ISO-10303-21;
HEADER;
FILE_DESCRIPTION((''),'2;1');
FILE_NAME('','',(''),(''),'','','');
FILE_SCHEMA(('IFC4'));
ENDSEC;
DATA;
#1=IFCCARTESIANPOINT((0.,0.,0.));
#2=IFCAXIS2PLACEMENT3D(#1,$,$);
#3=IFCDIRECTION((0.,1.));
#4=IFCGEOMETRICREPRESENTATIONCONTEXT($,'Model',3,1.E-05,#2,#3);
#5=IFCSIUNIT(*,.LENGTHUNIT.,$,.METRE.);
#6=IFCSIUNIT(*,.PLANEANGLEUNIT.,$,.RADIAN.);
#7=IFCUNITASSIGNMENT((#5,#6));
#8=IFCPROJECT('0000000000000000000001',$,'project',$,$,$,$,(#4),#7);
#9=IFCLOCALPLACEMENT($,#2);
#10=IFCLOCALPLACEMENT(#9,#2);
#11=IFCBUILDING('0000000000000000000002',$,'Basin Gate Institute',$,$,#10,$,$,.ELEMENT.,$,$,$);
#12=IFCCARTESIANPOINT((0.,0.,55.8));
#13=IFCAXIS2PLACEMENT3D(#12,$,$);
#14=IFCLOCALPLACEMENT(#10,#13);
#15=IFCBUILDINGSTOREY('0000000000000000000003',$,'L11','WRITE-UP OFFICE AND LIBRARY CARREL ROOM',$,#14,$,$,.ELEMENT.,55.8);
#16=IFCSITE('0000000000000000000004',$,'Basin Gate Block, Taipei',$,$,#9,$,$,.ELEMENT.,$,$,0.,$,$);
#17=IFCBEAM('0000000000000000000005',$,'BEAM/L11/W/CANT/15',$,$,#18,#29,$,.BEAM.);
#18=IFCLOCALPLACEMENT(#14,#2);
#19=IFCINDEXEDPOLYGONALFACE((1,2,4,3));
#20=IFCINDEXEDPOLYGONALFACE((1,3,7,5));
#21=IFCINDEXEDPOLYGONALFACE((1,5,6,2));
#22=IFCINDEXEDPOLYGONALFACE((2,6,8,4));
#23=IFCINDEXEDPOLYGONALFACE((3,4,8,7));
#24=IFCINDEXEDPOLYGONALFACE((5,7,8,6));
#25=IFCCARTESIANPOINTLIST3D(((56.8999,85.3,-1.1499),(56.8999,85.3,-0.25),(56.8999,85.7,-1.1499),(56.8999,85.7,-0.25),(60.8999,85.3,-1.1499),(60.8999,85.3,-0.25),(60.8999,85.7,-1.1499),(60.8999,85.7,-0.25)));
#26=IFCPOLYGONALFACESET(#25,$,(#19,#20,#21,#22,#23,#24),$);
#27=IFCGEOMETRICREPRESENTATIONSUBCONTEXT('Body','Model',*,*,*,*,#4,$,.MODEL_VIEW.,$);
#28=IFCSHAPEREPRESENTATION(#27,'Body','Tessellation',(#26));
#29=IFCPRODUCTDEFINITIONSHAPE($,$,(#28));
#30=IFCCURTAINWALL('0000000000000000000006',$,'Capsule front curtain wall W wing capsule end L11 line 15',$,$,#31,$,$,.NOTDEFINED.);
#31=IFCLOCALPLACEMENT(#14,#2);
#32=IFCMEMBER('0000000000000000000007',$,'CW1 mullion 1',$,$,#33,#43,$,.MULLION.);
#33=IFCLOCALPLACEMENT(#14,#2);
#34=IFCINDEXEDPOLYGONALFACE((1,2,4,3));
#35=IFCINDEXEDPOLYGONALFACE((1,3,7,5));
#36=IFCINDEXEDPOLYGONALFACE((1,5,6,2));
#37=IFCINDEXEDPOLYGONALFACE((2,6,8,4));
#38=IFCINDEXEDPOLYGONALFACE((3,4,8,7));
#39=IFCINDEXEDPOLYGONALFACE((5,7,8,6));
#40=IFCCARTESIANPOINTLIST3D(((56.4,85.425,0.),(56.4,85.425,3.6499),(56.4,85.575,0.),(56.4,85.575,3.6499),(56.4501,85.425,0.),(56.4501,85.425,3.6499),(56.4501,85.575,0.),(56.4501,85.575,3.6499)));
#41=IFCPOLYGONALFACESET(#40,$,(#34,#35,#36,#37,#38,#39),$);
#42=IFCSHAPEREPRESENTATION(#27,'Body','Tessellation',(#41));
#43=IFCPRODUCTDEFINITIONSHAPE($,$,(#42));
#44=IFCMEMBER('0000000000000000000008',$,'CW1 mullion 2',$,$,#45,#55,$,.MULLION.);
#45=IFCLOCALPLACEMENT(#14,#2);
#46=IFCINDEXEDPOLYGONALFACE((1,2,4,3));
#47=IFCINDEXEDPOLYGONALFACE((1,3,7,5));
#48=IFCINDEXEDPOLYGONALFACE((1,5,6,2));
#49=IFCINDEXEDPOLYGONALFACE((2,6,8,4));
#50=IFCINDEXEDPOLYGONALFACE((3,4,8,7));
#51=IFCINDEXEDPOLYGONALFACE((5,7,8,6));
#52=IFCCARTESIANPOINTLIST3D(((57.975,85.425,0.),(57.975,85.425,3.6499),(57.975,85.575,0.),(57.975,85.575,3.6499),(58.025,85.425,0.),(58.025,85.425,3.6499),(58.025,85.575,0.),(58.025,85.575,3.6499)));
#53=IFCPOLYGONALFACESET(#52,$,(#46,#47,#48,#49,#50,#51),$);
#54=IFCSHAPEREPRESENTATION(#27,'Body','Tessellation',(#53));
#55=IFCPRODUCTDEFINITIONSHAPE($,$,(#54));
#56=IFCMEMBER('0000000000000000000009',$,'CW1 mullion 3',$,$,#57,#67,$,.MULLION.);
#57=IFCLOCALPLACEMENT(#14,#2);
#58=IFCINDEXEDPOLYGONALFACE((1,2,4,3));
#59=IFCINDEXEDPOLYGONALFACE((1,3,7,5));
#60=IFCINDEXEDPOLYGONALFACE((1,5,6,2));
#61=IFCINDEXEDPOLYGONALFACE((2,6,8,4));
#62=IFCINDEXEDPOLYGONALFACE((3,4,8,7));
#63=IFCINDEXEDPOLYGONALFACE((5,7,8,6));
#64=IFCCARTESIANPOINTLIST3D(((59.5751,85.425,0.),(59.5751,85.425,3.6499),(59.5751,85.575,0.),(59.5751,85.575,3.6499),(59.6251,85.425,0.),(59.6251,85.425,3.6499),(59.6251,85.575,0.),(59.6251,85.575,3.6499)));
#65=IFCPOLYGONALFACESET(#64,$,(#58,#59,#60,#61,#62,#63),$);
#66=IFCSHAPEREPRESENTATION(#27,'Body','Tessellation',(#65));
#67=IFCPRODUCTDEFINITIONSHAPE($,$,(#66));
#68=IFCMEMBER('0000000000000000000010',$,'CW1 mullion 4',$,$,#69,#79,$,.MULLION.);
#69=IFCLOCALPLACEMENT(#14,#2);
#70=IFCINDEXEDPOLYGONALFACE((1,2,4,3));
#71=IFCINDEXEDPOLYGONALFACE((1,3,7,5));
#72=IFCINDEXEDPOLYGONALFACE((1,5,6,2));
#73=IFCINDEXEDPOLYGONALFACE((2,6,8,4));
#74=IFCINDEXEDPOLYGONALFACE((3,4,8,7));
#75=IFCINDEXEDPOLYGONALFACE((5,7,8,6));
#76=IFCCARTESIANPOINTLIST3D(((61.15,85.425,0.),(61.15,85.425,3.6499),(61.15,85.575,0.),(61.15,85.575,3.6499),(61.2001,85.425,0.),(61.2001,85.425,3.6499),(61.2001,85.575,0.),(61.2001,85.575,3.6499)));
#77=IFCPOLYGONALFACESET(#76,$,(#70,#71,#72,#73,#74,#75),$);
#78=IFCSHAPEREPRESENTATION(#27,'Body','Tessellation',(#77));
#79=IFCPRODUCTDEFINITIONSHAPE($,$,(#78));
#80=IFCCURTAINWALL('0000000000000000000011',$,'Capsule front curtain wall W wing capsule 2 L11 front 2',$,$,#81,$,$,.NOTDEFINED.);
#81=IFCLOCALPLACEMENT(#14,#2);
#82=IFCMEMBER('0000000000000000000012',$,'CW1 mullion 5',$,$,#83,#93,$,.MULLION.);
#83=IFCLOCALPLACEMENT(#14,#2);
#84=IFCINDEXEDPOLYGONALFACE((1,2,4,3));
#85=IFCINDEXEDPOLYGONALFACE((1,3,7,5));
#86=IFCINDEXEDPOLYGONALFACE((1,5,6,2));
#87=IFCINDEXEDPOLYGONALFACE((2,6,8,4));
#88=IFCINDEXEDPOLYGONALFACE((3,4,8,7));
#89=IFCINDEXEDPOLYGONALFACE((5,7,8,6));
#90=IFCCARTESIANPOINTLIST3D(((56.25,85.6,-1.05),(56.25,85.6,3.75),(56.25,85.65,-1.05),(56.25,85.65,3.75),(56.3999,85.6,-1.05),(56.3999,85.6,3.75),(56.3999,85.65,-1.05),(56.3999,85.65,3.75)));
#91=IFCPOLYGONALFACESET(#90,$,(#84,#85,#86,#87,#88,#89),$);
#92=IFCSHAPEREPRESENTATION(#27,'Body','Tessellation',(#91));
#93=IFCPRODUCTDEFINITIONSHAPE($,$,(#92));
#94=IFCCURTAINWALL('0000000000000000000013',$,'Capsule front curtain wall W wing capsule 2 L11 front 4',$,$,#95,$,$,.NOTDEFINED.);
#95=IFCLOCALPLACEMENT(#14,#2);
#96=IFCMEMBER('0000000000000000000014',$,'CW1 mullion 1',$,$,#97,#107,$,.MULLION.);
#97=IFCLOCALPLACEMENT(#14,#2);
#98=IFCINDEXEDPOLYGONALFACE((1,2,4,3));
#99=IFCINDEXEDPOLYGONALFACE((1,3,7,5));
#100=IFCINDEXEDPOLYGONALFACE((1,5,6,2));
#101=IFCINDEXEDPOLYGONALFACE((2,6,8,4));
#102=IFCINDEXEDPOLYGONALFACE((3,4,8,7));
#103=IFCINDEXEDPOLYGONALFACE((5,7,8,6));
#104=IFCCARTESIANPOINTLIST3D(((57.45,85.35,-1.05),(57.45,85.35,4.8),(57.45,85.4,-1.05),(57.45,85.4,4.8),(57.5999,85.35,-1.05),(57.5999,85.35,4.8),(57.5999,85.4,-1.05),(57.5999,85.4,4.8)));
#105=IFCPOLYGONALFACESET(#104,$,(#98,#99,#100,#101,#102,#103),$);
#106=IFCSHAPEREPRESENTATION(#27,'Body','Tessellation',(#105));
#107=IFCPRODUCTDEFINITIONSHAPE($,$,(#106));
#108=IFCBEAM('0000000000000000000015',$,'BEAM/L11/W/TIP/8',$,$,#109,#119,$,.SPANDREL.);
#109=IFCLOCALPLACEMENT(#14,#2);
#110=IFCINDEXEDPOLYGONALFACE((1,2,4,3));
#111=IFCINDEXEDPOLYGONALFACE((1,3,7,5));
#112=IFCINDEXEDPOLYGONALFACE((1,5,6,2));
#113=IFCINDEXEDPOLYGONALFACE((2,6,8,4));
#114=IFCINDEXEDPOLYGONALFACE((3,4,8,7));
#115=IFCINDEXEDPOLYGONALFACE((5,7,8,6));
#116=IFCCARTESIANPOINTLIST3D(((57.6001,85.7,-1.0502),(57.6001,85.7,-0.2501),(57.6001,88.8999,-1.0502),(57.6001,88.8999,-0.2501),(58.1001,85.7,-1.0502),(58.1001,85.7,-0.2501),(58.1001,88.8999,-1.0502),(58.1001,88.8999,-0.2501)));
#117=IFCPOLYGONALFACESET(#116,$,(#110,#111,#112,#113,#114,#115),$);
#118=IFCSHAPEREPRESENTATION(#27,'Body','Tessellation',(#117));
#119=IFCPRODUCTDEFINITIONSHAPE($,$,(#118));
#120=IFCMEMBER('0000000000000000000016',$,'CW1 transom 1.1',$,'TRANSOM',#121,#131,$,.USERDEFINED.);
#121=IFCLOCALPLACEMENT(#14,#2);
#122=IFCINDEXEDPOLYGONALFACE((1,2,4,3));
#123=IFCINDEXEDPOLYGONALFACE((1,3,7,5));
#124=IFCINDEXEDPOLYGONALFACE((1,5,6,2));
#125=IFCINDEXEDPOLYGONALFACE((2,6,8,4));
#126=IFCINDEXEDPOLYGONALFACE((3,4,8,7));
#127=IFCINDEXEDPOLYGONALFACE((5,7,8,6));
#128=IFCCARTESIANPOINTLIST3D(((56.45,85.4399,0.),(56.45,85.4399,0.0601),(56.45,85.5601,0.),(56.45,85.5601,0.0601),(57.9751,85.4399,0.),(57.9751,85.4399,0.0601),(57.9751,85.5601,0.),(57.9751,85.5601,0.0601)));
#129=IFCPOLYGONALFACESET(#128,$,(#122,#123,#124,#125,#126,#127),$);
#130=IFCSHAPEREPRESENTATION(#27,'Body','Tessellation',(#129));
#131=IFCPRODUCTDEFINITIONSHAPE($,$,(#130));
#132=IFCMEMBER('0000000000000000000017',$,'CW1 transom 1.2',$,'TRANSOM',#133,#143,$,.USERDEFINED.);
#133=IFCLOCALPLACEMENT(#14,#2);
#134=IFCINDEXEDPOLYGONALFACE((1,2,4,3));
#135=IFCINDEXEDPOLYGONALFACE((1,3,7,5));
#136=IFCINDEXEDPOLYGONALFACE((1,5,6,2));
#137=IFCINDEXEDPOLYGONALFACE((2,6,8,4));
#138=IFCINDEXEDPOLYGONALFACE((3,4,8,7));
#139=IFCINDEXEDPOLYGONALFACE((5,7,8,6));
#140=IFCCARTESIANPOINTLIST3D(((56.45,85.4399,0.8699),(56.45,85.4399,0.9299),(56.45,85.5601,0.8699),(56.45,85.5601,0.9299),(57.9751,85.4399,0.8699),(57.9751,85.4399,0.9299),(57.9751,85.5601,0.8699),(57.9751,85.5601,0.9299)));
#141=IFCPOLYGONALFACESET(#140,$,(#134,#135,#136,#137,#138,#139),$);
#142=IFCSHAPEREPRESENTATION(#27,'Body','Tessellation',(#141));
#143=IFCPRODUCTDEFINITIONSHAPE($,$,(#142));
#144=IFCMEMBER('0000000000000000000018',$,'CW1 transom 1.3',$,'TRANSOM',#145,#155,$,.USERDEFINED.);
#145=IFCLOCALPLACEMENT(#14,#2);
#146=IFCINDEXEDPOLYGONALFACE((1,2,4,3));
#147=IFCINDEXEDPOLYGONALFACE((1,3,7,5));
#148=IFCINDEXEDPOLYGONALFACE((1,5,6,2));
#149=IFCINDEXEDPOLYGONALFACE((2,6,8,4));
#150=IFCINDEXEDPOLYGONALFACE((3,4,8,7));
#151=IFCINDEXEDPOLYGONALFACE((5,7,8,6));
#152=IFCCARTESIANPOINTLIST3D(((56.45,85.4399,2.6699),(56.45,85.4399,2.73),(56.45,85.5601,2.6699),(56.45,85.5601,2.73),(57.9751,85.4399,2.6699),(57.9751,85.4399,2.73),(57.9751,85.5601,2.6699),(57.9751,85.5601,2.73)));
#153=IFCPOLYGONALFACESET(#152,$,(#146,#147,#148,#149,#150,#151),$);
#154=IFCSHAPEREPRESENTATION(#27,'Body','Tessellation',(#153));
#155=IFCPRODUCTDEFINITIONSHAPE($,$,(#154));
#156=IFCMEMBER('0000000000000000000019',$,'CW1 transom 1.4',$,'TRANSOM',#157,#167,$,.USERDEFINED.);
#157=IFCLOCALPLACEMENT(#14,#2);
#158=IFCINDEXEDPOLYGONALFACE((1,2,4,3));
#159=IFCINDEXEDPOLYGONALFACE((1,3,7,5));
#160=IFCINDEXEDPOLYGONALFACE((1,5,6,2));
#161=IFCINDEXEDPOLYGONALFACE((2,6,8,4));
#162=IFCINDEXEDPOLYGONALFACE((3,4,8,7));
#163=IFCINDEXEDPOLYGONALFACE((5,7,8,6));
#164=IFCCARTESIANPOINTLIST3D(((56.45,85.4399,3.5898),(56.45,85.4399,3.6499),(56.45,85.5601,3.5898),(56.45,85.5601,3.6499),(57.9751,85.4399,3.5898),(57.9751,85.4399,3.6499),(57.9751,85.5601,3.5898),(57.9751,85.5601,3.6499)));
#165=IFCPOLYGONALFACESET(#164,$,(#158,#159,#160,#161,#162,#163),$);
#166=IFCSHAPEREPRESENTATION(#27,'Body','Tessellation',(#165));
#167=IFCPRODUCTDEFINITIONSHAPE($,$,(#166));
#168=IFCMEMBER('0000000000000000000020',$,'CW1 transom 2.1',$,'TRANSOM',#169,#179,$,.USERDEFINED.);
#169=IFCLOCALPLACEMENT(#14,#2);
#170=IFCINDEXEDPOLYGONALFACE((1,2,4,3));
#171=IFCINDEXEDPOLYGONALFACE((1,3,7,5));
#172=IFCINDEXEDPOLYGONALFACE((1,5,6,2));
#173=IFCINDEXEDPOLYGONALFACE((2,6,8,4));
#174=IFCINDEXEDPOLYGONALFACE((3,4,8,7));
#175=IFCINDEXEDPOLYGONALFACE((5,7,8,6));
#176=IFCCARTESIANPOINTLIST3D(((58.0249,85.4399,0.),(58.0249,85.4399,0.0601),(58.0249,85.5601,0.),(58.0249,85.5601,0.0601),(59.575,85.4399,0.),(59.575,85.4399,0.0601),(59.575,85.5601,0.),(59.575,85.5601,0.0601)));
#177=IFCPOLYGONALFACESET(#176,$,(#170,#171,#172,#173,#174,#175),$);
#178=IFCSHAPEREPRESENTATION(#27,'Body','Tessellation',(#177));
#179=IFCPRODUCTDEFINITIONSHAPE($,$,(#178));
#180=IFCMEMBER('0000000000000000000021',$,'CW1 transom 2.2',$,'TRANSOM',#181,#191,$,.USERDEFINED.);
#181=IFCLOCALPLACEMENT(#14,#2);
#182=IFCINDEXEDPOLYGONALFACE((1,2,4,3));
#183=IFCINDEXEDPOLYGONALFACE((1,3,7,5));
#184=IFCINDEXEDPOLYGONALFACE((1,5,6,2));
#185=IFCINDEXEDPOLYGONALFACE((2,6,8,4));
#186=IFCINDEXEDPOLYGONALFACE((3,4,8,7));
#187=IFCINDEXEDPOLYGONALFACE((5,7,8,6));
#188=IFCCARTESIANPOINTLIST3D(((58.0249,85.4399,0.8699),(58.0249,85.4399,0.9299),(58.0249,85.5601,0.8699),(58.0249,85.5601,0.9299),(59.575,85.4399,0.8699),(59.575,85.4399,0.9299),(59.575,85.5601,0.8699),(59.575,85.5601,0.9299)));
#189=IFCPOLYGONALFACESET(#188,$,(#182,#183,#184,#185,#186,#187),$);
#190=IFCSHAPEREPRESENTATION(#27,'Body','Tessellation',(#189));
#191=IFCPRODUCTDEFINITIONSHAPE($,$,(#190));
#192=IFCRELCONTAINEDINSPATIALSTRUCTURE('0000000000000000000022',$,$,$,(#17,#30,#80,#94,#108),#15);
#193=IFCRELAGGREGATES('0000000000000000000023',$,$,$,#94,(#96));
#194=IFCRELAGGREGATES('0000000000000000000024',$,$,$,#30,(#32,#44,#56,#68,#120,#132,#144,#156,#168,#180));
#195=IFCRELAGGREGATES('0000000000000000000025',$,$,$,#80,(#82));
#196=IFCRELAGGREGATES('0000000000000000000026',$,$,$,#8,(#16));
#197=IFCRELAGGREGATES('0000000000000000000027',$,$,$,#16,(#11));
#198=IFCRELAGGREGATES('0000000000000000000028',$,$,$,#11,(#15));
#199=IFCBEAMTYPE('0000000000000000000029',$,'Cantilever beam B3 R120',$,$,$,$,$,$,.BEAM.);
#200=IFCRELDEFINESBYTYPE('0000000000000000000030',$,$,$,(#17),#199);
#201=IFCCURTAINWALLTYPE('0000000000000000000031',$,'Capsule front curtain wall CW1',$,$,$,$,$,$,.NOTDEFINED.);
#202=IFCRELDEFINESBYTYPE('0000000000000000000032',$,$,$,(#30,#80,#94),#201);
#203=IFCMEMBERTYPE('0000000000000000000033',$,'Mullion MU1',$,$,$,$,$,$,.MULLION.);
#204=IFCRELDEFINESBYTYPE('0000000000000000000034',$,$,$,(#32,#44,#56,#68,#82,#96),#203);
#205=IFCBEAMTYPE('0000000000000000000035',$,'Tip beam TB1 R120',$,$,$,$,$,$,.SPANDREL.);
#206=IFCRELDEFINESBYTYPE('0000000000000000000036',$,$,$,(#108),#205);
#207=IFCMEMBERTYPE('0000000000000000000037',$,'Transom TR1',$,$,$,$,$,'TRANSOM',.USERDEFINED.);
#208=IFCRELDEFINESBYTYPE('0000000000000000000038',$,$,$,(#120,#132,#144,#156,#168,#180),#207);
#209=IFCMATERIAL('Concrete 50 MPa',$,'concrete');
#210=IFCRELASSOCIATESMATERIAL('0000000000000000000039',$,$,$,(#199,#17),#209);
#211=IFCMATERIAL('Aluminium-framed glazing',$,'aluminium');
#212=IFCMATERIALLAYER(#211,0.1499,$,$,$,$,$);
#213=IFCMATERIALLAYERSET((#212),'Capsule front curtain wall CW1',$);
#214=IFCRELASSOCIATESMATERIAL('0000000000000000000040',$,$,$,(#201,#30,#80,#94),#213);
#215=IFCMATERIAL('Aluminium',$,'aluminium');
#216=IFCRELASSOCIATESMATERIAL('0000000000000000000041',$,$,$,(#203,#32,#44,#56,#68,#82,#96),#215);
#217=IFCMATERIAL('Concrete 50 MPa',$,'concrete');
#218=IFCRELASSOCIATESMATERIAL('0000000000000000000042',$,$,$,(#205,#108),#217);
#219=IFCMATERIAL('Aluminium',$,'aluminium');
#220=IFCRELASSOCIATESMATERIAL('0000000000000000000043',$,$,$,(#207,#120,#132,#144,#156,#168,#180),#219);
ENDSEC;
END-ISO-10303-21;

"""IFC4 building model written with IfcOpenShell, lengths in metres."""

from ifc_helpers import new_model, si_unit, direction, frame, origin, origin_2d, place, context, subcontext, project, spatial, rectangle, extrude, material, layer, layer_set, material_profile, profile_set, type_object, element, aggregate, save


model = new_model("IFC4")

# Units and contexts
model_context = context("Model", 3, precision=1e-05, world=origin(), true_north=direction((0.0, 1.0)))
body_context = subcontext(model_context, "Body", "Model", "MODEL_VIEW")
ifc_project = project(units=[si_unit("LENGTHUNIT", "METRE"), si_unit("PLANEANGLEUNIT", "RADIAN")], contexts=[model_context])

# Site, building, storey
site_placement = place(None, origin())
site = spatial("IfcSite", under=ifc_project, at=site_placement, Name="Basin Gate Block, Taipei", CompositionType="ELEMENT", RefElevation=0.0)
building_placement = place(site_placement, origin())
building = spatial("IfcBuilding", under=site, at=building_placement, Name="Basin Gate Institute", CompositionType="ELEMENT")
storey_placement = place(building_placement, frame((0.0, 0.0, 55.8)))
storey = spatial("IfcBuildingStorey", under=building, at=storey_placement, Name="L11", Description="WRITE-UP OFFICE AND LIBRARY CARREL ROOM", CompositionType="ELEMENT", Elevation=55.8)

# Beam
ifc_material_1 = material(Name="Concrete 50 MPa", Category="concrete")
ifc_material_profile_1 = material_profile(ifc_material_1, rectangle(XDim=0.3999, YDim=0.8999, at=origin_2d()), Name="Cantilever beam B3 400 x 900")
ifc_profile_set_1 = profile_set([ifc_material_profile_1], Name="Concrete 50 MPa")
beam_type_1 = type_object("IfcBeamType", Name="Cantilever beam B3 R120", PredefinedType="BEAM", material=ifc_profile_set_1)
beam_1_placement = place(storey_placement, frame((56.8999, 85.5, -0.7), z_axis=(1.0, 0.0, 0.0), x_axis=(0.0, 1.0, 0.0)))
element("IfcBeam", 1, at=beam_1_placement, inside=storey, type_object=beam_type_1, material=ifc_profile_set_1, Name="BEAM/L11/W/CANT/15", PredefinedType="BEAM", context=body_context, shape_type="SweptSolid", body=[
    extrude(rectangle(XDim=0.3999, YDim=0.8999, at=origin_2d()), origin(), (0.0, 0.0, 1.0), 4.0),
])

# Curtain wall, members
ifc_material_2 = material(Name="Aluminium-framed glazing", Category="aluminium")
ifc_layer_1 = layer(ifc_material_2, 0.1499)
ifc_layer_set_1 = layer_set([ifc_layer_1], Name="Capsule front curtain wall CW1")
curtain_wall_type = type_object("IfcCurtainWallType", Name="Capsule front curtain wall CW1", PredefinedType="NOTDEFINED", material=ifc_layer_set_1)
curtain_wall_1_placement = place(storey_placement, origin())
curtain_wall_1 = element("IfcCurtainWall", 2, at=curtain_wall_1_placement, inside=storey, type_object=curtain_wall_type, material=ifc_layer_set_1, Name="Capsule front curtain wall W wing capsule end L11 line 15", PredefinedType="NOTDEFINED")
ifc_material_3 = material(Name="Aluminium", Category="aluminium")
ifc_material_profile_2 = material_profile(ifc_material_3, rectangle(XDim=0.1499, YDim=0.05, at=origin_2d()), Name="Mullion MU1 150 x 50")
ifc_profile_set_2 = profile_set([ifc_material_profile_2], Name="Aluminium")
member_type_1 = type_object("IfcMemberType", Name="Mullion MU1", PredefinedType="MULLION", material=ifc_profile_set_2)
member_1_placement = place(storey_placement, frame((56.425, 85.5, 0.0), z_axis=(0.0, 0.0, 1.0), x_axis=(0.0, 1.0, 0.0)))
member_1 = element("IfcMember", 3, at=member_1_placement, type_object=member_type_1, material=ifc_profile_set_2, Name="CW1 mullion 1", PredefinedType="MULLION", context=body_context, shape_type="SweptSolid", body=[
    extrude(rectangle(XDim=0.1499, YDim=0.05, at=origin_2d()), origin(), (0.0, 0.0, 1.0), 3.6499),
])
member_2_placement = place(storey_placement, frame((58.0, 85.5, 0.0), z_axis=(0.0, 0.0, 1.0), x_axis=(0.0, 1.0, 0.0)))
member_2 = element("IfcMember", 4, at=member_2_placement, type_object=member_type_1, material=ifc_profile_set_2, Name="CW1 mullion 2", PredefinedType="MULLION", context=body_context, shape_type="SweptSolid", body=[
    extrude(rectangle(XDim=0.1499, YDim=0.05, at=origin_2d()), origin(), (0.0, 0.0, 1.0), 3.6499),
])
member_3_placement = place(storey_placement, frame((59.6001, 85.5, 0.0), z_axis=(0.0, 0.0, 1.0), x_axis=(0.0, 1.0, 0.0)))
member_3 = element("IfcMember", 5, at=member_3_placement, type_object=member_type_1, material=ifc_profile_set_2, Name="CW1 mullion 3", PredefinedType="MULLION", context=body_context, shape_type="SweptSolid", body=[
    extrude(rectangle(XDim=0.1499, YDim=0.05, at=origin_2d()), origin(), (0.0, 0.0, 1.0), 3.6499),
])
member_4_placement = place(storey_placement, frame((61.175, 85.5, 0.0), z_axis=(0.0, 0.0, 1.0), x_axis=(0.0, 1.0, 0.0)))
member_4 = element("IfcMember", 6, at=member_4_placement, type_object=member_type_1, material=ifc_profile_set_2, Name="CW1 mullion 4", PredefinedType="MULLION", context=body_context, shape_type="SweptSolid", body=[
    extrude(rectangle(XDim=0.1499, YDim=0.05, at=origin_2d()), origin(), (0.0, 0.0, 1.0), 3.6499),
])

# Curtain walls, members
curtain_wall_2_placement = place(storey_placement, origin())
curtain_wall_2 = element("IfcCurtainWall", 7, at=curtain_wall_2_placement, inside=storey, type_object=curtain_wall_type, material=ifc_layer_set_1, Name="Capsule front curtain wall W wing capsule 2 L11 front 2", PredefinedType="NOTDEFINED")
member_5_placement = place(storey_placement, frame((56.325, 85.625, -1.05), z_axis=(0.0, 0.0, 1.0), x_axis=(-1.0, 0.0, 0.0)))
member_5 = element("IfcMember", 8, at=member_5_placement, type_object=member_type_1, material=ifc_profile_set_2, Name="CW1 mullion 5", PredefinedType="MULLION", context=body_context, shape_type="SweptSolid", body=[
    extrude(rectangle(XDim=0.1499, YDim=0.05, at=origin_2d()), origin(), (0.0, 0.0, 1.0), 4.8),
])
curtain_wall_3_placement = place(storey_placement, origin())
curtain_wall_3 = element("IfcCurtainWall", 9, at=curtain_wall_3_placement, inside=storey, type_object=curtain_wall_type, material=ifc_layer_set_1, Name="Capsule front curtain wall W wing capsule 2 L11 front 4", PredefinedType="NOTDEFINED")
member_6_placement = place(storey_placement, frame((57.5249, 85.375, -1.05), z_axis=(0.0, 0.0, 1.0), x_axis=(-1.0, 0.0, 0.0)))
member_6 = element("IfcMember", 10, at=member_6_placement, type_object=member_type_1, material=ifc_profile_set_2, Name="CW1 mullion 1", PredefinedType="MULLION", context=body_context, shape_type="SweptSolid", body=[
    extrude(rectangle(XDim=0.1499, YDim=0.05, at=origin_2d()), origin(), (0.0, 0.0, 1.0), 5.8501),
])

# Beam
ifc_material_4 = material(Name="Concrete 50 MPa", Category="concrete")
ifc_material_profile_3 = material_profile(ifc_material_4, rectangle(XDim=0.5, YDim=0.8, at=origin_2d()), Name="Tip beam TB1 500 x 800")
ifc_profile_set_3 = profile_set([ifc_material_profile_3], Name="Concrete 50 MPa")
beam_type_2 = type_object("IfcBeamType", Name="Tip beam TB1 R120", PredefinedType="SPANDREL", material=ifc_profile_set_3)
beam_2_placement = place(storey_placement, frame((57.8501, 85.7, -0.6501), z_axis=(0.0, 1.0, 0.0), x_axis=(-1.0, 0.0, 0.0)))
element("IfcBeam", 11, at=beam_2_placement, inside=storey, type_object=beam_type_2, material=ifc_profile_set_3, Name="BEAM/L11/W/TIP/8", PredefinedType="SPANDREL", context=body_context, shape_type="SweptSolid", body=[
    extrude(rectangle(XDim=0.5, YDim=0.8, at=origin_2d()), origin(), (0.0, 0.0, 1.0), 3.2),
])

# Members
ifc_material_5 = material(Name="Aluminium", Category="aluminium")
ifc_material_profile_4 = material_profile(ifc_material_5, rectangle(XDim=0.1201, YDim=0.0601, at=origin_2d()), Name="Transom TR1 120 x 60")
ifc_profile_set_4 = profile_set([ifc_material_profile_4], Name="Aluminium")
member_type_2 = type_object("IfcMemberType", Name="Transom TR1", ElementType="TRANSOM", PredefinedType="USERDEFINED", material=ifc_profile_set_4)
member_7_placement = place(storey_placement, frame((56.45, 85.5, 0.03), z_axis=(1.0, 0.0, 0.0), x_axis=(0.0, 1.0, 0.0)))
member_7 = element("IfcMember", 12, at=member_7_placement, type_object=member_type_2, material=ifc_profile_set_4, Name="CW1 transom 1.1", ObjectType="TRANSOM", PredefinedType="USERDEFINED", context=body_context, shape_type="SweptSolid", body=[
    extrude(rectangle(XDim=0.1201, YDim=0.0601, at=origin_2d()), origin(), (0.0, 0.0, 1.0), 1.5251),
])
member_8_placement = place(storey_placement, frame((56.45, 85.5, 0.8999), z_axis=(1.0, 0.0, 0.0), x_axis=(0.0, 1.0, 0.0)))
member_8 = element("IfcMember", 13, at=member_8_placement, type_object=member_type_2, material=ifc_profile_set_4, Name="CW1 transom 1.2", ObjectType="TRANSOM", PredefinedType="USERDEFINED", context=body_context, shape_type="SweptSolid", body=[
    extrude(rectangle(XDim=0.1201, YDim=0.0601, at=origin_2d()), origin(), (0.0, 0.0, 1.0), 1.5251),
])
member_9_placement = place(storey_placement, frame((56.45, 85.5, 2.7), z_axis=(1.0, 0.0, 0.0), x_axis=(0.0, 1.0, 0.0)))
member_9 = element("IfcMember", 14, at=member_9_placement, type_object=member_type_2, material=ifc_profile_set_4, Name="CW1 transom 1.3", ObjectType="TRANSOM", PredefinedType="USERDEFINED", context=body_context, shape_type="SweptSolid", body=[
    extrude(rectangle(XDim=0.1201, YDim=0.0601, at=origin_2d()), origin(), (0.0, 0.0, 1.0), 1.5251),
])
member_10_placement = place(storey_placement, frame((56.45, 85.5, 3.6199), z_axis=(1.0, 0.0, 0.0), x_axis=(0.0, 1.0, 0.0)))
member_10 = element("IfcMember", 15, at=member_10_placement, type_object=member_type_2, material=ifc_profile_set_4, Name="CW1 transom 1.4", ObjectType="TRANSOM", PredefinedType="USERDEFINED", context=body_context, shape_type="SweptSolid", body=[
    extrude(rectangle(XDim=0.1201, YDim=0.0601, at=origin_2d()), origin(), (0.0, 0.0, 1.0), 1.5251),
])
member_11_placement = place(storey_placement, frame((58.0249, 85.5, 0.03), z_axis=(1.0, 0.0, 0.0), x_axis=(0.0, 1.0, 0.0)))
member_11 = element("IfcMember", 16, at=member_11_placement, type_object=member_type_2, material=ifc_profile_set_4, Name="CW1 transom 2.1", ObjectType="TRANSOM", PredefinedType="USERDEFINED", context=body_context, shape_type="SweptSolid", body=[
    extrude(rectangle(XDim=0.1201, YDim=0.0601, at=origin_2d()), origin(), (0.0, 0.0, 1.0), 1.55),
])
member_12_placement = place(storey_placement, frame((58.0249, 85.5, 0.8999), z_axis=(1.0, 0.0, 0.0), x_axis=(0.0, 1.0, 0.0)))
member_12 = element("IfcMember", 17, at=member_12_placement, type_object=member_type_2, material=ifc_profile_set_4, Name="CW1 transom 2.2", ObjectType="TRANSOM", PredefinedType="USERDEFINED", context=body_context, shape_type="SweptSolid", body=[
    extrude(rectangle(XDim=0.1201, YDim=0.0601, at=origin_2d()), origin(), (0.0, 0.0, 1.0), 1.55),
])
aggregate(curtain_wall_3, [member_6])

aggregate(curtain_wall_1, [member_1, member_2, member_3, member_4, member_7, member_8, member_9, member_10, member_11, member_12])
aggregate(curtain_wall_2, [member_5])

save(model, "model.ifc")
